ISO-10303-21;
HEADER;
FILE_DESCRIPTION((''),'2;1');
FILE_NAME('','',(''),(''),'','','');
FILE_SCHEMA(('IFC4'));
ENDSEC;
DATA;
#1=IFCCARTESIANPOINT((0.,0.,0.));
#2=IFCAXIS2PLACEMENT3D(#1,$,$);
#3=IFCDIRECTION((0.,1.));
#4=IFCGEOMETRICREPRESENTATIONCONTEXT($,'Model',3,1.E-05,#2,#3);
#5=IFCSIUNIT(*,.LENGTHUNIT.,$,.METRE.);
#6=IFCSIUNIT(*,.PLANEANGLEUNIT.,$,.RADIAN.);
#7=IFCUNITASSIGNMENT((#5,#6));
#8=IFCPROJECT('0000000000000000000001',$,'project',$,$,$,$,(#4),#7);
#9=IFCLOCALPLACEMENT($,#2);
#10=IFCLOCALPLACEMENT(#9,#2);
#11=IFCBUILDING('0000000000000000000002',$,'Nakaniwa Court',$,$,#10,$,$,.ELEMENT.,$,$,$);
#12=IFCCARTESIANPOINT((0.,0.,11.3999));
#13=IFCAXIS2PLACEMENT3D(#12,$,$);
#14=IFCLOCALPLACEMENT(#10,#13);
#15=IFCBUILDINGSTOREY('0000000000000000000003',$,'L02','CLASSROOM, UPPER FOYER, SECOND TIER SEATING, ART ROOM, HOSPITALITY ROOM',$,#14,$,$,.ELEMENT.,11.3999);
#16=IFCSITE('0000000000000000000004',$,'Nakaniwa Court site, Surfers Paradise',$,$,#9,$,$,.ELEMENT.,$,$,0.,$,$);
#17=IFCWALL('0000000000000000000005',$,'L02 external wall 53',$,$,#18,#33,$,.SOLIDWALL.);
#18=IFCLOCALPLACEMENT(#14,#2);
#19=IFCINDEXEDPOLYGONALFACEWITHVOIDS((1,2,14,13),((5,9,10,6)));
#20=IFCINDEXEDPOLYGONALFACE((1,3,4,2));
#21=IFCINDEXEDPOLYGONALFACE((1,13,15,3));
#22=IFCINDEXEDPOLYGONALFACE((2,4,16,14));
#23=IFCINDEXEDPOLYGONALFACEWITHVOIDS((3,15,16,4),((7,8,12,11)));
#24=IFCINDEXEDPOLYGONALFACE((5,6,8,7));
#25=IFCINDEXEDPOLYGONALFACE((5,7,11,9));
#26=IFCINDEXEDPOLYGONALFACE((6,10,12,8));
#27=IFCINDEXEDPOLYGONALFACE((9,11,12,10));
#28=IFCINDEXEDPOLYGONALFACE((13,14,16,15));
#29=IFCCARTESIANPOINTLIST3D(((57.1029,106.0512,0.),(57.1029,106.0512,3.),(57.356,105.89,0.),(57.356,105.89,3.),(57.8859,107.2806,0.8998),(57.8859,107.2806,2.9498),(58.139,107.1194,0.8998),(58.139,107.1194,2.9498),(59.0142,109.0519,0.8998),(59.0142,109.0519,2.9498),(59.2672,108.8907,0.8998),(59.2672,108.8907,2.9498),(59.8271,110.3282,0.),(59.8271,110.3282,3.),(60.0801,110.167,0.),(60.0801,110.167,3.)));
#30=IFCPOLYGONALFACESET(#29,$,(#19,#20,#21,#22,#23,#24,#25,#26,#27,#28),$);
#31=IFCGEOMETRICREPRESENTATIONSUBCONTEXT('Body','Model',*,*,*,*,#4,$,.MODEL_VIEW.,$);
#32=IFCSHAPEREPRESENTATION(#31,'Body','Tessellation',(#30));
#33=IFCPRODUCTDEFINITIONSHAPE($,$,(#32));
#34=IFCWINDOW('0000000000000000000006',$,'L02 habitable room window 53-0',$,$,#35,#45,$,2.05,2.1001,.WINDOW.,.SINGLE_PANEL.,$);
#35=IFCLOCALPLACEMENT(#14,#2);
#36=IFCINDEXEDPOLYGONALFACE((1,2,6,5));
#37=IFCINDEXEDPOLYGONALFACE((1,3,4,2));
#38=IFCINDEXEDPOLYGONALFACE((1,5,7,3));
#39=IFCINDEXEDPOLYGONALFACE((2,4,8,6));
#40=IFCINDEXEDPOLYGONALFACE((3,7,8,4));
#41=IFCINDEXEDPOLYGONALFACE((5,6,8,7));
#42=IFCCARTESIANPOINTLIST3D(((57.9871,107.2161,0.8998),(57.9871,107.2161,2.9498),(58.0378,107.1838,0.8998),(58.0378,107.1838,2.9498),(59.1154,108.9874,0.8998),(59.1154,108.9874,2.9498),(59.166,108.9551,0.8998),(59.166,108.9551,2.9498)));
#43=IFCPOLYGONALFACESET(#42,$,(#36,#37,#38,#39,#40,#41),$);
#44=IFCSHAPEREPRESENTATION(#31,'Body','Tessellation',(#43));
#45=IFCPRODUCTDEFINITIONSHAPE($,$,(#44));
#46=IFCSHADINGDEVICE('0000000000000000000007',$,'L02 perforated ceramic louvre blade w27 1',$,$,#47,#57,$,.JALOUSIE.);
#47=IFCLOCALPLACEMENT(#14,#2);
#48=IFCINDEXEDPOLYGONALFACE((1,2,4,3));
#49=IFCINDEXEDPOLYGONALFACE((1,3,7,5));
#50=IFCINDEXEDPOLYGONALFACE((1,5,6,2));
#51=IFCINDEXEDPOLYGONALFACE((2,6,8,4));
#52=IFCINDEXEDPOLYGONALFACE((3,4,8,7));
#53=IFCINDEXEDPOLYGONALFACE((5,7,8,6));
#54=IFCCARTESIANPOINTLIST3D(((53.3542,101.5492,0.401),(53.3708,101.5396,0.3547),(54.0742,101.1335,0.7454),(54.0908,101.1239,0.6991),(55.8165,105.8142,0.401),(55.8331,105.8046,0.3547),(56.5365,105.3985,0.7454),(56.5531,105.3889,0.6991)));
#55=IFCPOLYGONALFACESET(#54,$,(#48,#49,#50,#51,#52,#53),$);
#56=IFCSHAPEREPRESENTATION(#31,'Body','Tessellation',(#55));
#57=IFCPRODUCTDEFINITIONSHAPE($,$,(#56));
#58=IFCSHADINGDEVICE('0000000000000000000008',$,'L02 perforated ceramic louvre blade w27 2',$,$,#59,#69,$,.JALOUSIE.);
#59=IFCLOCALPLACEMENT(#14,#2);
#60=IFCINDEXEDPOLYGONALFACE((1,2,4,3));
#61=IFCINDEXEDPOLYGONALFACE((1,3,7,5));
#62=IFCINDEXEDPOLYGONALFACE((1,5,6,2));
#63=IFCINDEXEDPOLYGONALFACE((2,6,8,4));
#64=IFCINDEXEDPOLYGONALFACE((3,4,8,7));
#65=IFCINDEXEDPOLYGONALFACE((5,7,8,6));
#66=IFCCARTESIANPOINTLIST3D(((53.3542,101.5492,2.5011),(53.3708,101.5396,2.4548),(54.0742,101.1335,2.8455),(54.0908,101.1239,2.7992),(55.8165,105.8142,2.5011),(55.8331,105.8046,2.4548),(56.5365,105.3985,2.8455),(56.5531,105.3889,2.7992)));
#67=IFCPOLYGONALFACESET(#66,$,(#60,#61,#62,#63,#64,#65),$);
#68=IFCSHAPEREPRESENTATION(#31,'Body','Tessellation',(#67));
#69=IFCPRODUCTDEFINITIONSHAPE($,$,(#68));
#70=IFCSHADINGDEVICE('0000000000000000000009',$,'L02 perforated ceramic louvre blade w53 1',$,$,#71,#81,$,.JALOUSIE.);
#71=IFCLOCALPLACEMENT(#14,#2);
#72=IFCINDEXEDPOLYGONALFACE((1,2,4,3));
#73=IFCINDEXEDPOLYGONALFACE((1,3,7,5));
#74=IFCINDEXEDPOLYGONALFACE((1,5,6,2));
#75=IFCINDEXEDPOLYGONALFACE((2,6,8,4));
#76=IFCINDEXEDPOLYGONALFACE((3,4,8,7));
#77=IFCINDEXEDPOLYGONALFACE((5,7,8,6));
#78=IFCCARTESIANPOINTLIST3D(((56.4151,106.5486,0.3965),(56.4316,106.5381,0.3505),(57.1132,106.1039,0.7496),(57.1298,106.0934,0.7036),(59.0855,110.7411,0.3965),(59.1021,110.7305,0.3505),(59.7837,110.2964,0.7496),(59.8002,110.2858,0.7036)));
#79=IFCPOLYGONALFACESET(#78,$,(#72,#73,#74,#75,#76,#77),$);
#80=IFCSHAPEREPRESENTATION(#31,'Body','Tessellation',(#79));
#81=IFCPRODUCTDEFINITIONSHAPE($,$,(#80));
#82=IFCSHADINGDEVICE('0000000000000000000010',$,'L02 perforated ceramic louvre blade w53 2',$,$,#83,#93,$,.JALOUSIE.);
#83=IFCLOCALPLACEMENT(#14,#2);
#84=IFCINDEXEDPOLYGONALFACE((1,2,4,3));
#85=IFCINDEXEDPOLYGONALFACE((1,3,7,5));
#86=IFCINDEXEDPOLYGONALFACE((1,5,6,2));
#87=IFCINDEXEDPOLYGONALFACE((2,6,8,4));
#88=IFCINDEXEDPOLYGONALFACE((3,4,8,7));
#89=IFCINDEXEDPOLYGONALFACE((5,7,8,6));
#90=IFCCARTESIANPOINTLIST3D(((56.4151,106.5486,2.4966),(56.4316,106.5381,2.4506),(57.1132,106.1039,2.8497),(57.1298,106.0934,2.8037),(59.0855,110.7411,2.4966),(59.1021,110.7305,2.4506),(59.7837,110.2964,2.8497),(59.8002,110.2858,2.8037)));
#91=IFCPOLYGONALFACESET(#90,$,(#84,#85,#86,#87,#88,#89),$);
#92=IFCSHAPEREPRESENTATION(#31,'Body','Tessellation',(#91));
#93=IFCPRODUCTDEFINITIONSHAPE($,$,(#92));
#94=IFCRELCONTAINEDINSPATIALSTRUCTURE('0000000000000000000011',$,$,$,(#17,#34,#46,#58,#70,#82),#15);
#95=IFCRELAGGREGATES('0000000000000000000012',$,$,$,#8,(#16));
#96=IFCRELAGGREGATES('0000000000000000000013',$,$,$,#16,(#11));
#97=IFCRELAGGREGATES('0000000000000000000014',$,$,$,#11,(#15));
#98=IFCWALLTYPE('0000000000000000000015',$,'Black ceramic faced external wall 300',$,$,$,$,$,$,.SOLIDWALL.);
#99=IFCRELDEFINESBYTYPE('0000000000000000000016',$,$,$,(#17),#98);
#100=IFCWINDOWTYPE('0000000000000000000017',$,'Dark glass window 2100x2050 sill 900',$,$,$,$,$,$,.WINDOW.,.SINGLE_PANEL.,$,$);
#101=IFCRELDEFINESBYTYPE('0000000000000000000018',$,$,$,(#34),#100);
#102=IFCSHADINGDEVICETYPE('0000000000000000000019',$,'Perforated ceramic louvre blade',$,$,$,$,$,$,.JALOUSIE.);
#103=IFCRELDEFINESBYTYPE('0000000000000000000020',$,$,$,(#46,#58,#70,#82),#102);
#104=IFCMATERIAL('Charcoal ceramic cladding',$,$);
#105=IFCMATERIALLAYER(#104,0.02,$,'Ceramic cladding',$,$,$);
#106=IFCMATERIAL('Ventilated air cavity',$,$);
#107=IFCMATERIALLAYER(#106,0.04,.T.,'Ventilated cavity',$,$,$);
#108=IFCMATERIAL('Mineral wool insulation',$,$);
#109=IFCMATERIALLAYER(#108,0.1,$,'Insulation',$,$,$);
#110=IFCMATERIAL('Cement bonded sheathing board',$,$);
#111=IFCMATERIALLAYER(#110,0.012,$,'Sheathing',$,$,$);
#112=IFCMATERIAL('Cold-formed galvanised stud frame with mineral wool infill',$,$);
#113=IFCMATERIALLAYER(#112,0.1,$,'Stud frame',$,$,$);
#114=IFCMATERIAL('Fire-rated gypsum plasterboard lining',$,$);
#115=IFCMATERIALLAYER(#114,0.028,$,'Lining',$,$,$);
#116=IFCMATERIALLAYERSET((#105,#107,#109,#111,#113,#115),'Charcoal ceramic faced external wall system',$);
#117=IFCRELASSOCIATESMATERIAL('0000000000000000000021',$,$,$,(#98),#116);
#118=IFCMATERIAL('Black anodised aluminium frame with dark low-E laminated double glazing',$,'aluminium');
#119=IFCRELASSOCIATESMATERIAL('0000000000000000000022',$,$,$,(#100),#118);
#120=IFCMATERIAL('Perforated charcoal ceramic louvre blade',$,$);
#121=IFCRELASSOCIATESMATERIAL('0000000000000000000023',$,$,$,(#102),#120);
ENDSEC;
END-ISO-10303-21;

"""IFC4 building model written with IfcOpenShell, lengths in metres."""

from ifc_helpers import new_model, si_unit, direction, frame, frame_2d, origin, origin_2d, place, context, subcontext, project, spatial, rectangle, extrude, material, layer, layer_set, material_profile, profile_set, type_object, element, fill, save


model = new_model("IFC4")

# Units and contexts
model_context = context("Model", 3, precision=1e-05, world=origin(), true_north=direction((0.0, 1.0)))
body_context = subcontext(model_context, "Body", "Model", "MODEL_VIEW")
ifc_project = project(units=[si_unit("LENGTHUNIT", "METRE"), si_unit("PLANEANGLEUNIT", "RADIAN")], contexts=[model_context])

# Site, building, storey
site_placement = place(None, origin())
site = spatial("IfcSite", under=ifc_project, at=site_placement, Name="Nakaniwa Court site, Surfers Paradise", CompositionType="ELEMENT", RefElevation=0.0)
building_placement = place(site_placement, origin())
building = spatial("IfcBuilding", under=site, at=building_placement, Name="Nakaniwa Court", CompositionType="ELEMENT")
storey_placement = place(building_placement, frame((0.0, 0.0, 11.3999)))
storey = spatial("IfcBuildingStorey", under=building, at=storey_placement, Name="L02", Description="CLASSROOM, UPPER FOYER, SECOND TIER SEATING, ART ROOM, HOSPITALITY ROOM", CompositionType="ELEMENT", Elevation=11.3999)

# Shared definitions
ifc_material_1 = material(Name="Charcoal ceramic cladding")
ifc_layer_1 = layer(ifc_material_1, 0.02, Name="Ceramic cladding")
ifc_material_2 = material(Name="Ventilated air cavity")
ifc_layer_2 = layer(ifc_material_2, 0.04, ventilated=True, Name="Ventilated cavity")
ifc_material_3 = material(Name="Mineral wool insulation")
ifc_layer_3 = layer(ifc_material_3, 0.1, Name="Insulation")
ifc_material_4 = material(Name="Cement bonded sheathing board")
ifc_layer_4 = layer(ifc_material_4, 0.012, Name="Sheathing")
ifc_material_5 = material(Name="Cold-formed galvanised stud frame with mineral wool infill")
ifc_layer_5 = layer(ifc_material_5, 0.1, Name="Stud frame")
ifc_material_6 = material(Name="Fire-rated gypsum plasterboard lining")
ifc_layer_6 = layer(ifc_material_6, 0.028, Name="Lining")
ifc_layer_set_1 = layer_set([ifc_layer_1, ifc_layer_2, ifc_layer_3, ifc_layer_4, ifc_layer_5, ifc_layer_6], Name="Charcoal ceramic faced external wall system")
wall_type_1 = type_object("IfcWallType", Name="Black ceramic faced external wall 300", PredefinedType="SOLIDWALL", material=ifc_layer_set_1)
ifc_material_7 = material(Name="Black anodised aluminium frame with dark low-E laminated double glazing", Category="aluminium")
window_type = type_object("IfcWindowType", Name="Dark glass window 2100x2050 sill 900", PartitioningType="SINGLE_PANEL", PredefinedType="WINDOW", material=ifc_material_7)

# Wall, opening, window
wall_1_placement = place(storey_placement, frame((59.9536, 110.2476, 0.0), z_axis=(0.0, 0.0, 1.0), x_axis=(-0.537224, -0.843439, 0.0)))
wall_1 = element("IfcWall", 1, at=wall_1_placement, inside=storey, type_object=wall_type_1, Name="L02 external wall 53", PredefinedType="SOLIDWALL", context=body_context, shape_type="SweptSolid", body=[
    extrude(rectangle(XDim=5.0708, YDim=0.3, at=frame_2d((2.5354, 0.0))), origin(), (0.0, 0.0, 1.0), 3.0),
])
opening_1_placement = place(wall_1_placement, frame((1.5132, 0.0, 0.8999)))
opening_1 = element("IfcOpeningElement", 2, at=opening_1_placement, cuts=wall_1, PredefinedType="OPENING", context=body_context, shape_type="SweptSolid", body=[
    extrude(rectangle(XDim=2.1001, YDim=2.05, at=frame_2d((1.05, 1.0249))), frame((0.0, 0.1599, 0.0), z_axis=(0.0, -1.0, 0.0), x_axis=(1.0, 0.0, 0.0)), (0.0, 0.0, 1.0), 0.3201),
])
window_1_placement = place(opening_1_placement, origin())
window_1 = element("IfcWindow", 3, at=window_1_placement, inside=storey, type_object=window_type, Name="L02 habitable room window 53-0", OverallHeight=2.05, OverallWidth=2.1001, PartitioningType="SINGLE_PANEL", PredefinedType="WINDOW", context=body_context, shape_type="SweptSolid", body=[
    extrude(rectangle(XDim=2.1001, YDim=2.05, at=frame_2d((1.05, 1.0249))), frame((0.0, 0.03, 0.0), z_axis=(0.0, -1.0, 0.0), x_axis=(1.0, 0.0, 0.0)), (0.0, 0.0, 1.0), 0.0601),
])
fill(opening_1, window_1)

# Shading devices
ifc_material_8 = material(Name="Perforated charcoal ceramic louvre blade")
ifc_material_profile_1 = material_profile(ifc_material_8, rectangle(XDim=0.8999, YDim=0.05, at=origin_2d()), Name="Perforated ceramic louvre blade")
ifc_profile_set_1 = profile_set([ifc_material_profile_1], Name="Perforated charcoal ceramic louvre blade")
shading_device_type = type_object("IfcShadingDeviceType", Name="Perforated ceramic louvre blade", PredefinedType="JALOUSIE", material=ifc_profile_set_1)
for number, where, z_axis, x_axis, name in (
    (4, (56.1848, 105.6016, 0.55), (-0.499989, -0.866032, 0.0), (0.800109, -0.461929, 0.382683), "L02 perforated ceramic louvre blade w27 1"),
    (5, (56.1848, 105.6016, 2.6501), (-0.499989, -0.866032, 0.0), (0.800109, -0.461929, 0.382683), "L02 perforated ceramic louvre blade w27 2"),
):
    element("IfcShadingDevice", number, at=place(storey_placement, frame(where, z_axis=z_axis, x_axis=x_axis)), inside=storey, type_object=shading_device_type, Name=name, PredefinedType="JALOUSIE", context=body_context, shape_type="SweptSolid", body=[
        extrude(rectangle(XDim=0.8999, YDim=0.05, at=origin_2d()), origin(), (0.0, 0.0, 1.0), 4.9248),
    ])
for number, where, z_axis, x_axis, name in (
    (6, (59.4429, 110.5134, 0.55), (-0.537238, -0.843431, 0.0), (0.775806, -0.494163, 0.392337), "L02 perforated ceramic louvre blade w53 1"),
    (7, (59.4429, 110.5134, 2.6501), (-0.537238, -0.843431, 0.0), (0.775806, -0.494163, 0.392337), "L02 perforated ceramic louvre blade w53 2"),
):
    element("IfcShadingDevice", number, at=place(storey_placement, frame(where, z_axis=z_axis, x_axis=x_axis)), inside=storey, type_object=shading_device_type, Name=name, PredefinedType="JALOUSIE", context=body_context, shape_type="SweptSolid", body=[
        extrude(rectangle(XDim=0.8999, YDim=0.05, at=origin_2d()), origin(), (0.0, 0.0, 1.0), 4.9707),
    ])

save(model, "model.ifc")
